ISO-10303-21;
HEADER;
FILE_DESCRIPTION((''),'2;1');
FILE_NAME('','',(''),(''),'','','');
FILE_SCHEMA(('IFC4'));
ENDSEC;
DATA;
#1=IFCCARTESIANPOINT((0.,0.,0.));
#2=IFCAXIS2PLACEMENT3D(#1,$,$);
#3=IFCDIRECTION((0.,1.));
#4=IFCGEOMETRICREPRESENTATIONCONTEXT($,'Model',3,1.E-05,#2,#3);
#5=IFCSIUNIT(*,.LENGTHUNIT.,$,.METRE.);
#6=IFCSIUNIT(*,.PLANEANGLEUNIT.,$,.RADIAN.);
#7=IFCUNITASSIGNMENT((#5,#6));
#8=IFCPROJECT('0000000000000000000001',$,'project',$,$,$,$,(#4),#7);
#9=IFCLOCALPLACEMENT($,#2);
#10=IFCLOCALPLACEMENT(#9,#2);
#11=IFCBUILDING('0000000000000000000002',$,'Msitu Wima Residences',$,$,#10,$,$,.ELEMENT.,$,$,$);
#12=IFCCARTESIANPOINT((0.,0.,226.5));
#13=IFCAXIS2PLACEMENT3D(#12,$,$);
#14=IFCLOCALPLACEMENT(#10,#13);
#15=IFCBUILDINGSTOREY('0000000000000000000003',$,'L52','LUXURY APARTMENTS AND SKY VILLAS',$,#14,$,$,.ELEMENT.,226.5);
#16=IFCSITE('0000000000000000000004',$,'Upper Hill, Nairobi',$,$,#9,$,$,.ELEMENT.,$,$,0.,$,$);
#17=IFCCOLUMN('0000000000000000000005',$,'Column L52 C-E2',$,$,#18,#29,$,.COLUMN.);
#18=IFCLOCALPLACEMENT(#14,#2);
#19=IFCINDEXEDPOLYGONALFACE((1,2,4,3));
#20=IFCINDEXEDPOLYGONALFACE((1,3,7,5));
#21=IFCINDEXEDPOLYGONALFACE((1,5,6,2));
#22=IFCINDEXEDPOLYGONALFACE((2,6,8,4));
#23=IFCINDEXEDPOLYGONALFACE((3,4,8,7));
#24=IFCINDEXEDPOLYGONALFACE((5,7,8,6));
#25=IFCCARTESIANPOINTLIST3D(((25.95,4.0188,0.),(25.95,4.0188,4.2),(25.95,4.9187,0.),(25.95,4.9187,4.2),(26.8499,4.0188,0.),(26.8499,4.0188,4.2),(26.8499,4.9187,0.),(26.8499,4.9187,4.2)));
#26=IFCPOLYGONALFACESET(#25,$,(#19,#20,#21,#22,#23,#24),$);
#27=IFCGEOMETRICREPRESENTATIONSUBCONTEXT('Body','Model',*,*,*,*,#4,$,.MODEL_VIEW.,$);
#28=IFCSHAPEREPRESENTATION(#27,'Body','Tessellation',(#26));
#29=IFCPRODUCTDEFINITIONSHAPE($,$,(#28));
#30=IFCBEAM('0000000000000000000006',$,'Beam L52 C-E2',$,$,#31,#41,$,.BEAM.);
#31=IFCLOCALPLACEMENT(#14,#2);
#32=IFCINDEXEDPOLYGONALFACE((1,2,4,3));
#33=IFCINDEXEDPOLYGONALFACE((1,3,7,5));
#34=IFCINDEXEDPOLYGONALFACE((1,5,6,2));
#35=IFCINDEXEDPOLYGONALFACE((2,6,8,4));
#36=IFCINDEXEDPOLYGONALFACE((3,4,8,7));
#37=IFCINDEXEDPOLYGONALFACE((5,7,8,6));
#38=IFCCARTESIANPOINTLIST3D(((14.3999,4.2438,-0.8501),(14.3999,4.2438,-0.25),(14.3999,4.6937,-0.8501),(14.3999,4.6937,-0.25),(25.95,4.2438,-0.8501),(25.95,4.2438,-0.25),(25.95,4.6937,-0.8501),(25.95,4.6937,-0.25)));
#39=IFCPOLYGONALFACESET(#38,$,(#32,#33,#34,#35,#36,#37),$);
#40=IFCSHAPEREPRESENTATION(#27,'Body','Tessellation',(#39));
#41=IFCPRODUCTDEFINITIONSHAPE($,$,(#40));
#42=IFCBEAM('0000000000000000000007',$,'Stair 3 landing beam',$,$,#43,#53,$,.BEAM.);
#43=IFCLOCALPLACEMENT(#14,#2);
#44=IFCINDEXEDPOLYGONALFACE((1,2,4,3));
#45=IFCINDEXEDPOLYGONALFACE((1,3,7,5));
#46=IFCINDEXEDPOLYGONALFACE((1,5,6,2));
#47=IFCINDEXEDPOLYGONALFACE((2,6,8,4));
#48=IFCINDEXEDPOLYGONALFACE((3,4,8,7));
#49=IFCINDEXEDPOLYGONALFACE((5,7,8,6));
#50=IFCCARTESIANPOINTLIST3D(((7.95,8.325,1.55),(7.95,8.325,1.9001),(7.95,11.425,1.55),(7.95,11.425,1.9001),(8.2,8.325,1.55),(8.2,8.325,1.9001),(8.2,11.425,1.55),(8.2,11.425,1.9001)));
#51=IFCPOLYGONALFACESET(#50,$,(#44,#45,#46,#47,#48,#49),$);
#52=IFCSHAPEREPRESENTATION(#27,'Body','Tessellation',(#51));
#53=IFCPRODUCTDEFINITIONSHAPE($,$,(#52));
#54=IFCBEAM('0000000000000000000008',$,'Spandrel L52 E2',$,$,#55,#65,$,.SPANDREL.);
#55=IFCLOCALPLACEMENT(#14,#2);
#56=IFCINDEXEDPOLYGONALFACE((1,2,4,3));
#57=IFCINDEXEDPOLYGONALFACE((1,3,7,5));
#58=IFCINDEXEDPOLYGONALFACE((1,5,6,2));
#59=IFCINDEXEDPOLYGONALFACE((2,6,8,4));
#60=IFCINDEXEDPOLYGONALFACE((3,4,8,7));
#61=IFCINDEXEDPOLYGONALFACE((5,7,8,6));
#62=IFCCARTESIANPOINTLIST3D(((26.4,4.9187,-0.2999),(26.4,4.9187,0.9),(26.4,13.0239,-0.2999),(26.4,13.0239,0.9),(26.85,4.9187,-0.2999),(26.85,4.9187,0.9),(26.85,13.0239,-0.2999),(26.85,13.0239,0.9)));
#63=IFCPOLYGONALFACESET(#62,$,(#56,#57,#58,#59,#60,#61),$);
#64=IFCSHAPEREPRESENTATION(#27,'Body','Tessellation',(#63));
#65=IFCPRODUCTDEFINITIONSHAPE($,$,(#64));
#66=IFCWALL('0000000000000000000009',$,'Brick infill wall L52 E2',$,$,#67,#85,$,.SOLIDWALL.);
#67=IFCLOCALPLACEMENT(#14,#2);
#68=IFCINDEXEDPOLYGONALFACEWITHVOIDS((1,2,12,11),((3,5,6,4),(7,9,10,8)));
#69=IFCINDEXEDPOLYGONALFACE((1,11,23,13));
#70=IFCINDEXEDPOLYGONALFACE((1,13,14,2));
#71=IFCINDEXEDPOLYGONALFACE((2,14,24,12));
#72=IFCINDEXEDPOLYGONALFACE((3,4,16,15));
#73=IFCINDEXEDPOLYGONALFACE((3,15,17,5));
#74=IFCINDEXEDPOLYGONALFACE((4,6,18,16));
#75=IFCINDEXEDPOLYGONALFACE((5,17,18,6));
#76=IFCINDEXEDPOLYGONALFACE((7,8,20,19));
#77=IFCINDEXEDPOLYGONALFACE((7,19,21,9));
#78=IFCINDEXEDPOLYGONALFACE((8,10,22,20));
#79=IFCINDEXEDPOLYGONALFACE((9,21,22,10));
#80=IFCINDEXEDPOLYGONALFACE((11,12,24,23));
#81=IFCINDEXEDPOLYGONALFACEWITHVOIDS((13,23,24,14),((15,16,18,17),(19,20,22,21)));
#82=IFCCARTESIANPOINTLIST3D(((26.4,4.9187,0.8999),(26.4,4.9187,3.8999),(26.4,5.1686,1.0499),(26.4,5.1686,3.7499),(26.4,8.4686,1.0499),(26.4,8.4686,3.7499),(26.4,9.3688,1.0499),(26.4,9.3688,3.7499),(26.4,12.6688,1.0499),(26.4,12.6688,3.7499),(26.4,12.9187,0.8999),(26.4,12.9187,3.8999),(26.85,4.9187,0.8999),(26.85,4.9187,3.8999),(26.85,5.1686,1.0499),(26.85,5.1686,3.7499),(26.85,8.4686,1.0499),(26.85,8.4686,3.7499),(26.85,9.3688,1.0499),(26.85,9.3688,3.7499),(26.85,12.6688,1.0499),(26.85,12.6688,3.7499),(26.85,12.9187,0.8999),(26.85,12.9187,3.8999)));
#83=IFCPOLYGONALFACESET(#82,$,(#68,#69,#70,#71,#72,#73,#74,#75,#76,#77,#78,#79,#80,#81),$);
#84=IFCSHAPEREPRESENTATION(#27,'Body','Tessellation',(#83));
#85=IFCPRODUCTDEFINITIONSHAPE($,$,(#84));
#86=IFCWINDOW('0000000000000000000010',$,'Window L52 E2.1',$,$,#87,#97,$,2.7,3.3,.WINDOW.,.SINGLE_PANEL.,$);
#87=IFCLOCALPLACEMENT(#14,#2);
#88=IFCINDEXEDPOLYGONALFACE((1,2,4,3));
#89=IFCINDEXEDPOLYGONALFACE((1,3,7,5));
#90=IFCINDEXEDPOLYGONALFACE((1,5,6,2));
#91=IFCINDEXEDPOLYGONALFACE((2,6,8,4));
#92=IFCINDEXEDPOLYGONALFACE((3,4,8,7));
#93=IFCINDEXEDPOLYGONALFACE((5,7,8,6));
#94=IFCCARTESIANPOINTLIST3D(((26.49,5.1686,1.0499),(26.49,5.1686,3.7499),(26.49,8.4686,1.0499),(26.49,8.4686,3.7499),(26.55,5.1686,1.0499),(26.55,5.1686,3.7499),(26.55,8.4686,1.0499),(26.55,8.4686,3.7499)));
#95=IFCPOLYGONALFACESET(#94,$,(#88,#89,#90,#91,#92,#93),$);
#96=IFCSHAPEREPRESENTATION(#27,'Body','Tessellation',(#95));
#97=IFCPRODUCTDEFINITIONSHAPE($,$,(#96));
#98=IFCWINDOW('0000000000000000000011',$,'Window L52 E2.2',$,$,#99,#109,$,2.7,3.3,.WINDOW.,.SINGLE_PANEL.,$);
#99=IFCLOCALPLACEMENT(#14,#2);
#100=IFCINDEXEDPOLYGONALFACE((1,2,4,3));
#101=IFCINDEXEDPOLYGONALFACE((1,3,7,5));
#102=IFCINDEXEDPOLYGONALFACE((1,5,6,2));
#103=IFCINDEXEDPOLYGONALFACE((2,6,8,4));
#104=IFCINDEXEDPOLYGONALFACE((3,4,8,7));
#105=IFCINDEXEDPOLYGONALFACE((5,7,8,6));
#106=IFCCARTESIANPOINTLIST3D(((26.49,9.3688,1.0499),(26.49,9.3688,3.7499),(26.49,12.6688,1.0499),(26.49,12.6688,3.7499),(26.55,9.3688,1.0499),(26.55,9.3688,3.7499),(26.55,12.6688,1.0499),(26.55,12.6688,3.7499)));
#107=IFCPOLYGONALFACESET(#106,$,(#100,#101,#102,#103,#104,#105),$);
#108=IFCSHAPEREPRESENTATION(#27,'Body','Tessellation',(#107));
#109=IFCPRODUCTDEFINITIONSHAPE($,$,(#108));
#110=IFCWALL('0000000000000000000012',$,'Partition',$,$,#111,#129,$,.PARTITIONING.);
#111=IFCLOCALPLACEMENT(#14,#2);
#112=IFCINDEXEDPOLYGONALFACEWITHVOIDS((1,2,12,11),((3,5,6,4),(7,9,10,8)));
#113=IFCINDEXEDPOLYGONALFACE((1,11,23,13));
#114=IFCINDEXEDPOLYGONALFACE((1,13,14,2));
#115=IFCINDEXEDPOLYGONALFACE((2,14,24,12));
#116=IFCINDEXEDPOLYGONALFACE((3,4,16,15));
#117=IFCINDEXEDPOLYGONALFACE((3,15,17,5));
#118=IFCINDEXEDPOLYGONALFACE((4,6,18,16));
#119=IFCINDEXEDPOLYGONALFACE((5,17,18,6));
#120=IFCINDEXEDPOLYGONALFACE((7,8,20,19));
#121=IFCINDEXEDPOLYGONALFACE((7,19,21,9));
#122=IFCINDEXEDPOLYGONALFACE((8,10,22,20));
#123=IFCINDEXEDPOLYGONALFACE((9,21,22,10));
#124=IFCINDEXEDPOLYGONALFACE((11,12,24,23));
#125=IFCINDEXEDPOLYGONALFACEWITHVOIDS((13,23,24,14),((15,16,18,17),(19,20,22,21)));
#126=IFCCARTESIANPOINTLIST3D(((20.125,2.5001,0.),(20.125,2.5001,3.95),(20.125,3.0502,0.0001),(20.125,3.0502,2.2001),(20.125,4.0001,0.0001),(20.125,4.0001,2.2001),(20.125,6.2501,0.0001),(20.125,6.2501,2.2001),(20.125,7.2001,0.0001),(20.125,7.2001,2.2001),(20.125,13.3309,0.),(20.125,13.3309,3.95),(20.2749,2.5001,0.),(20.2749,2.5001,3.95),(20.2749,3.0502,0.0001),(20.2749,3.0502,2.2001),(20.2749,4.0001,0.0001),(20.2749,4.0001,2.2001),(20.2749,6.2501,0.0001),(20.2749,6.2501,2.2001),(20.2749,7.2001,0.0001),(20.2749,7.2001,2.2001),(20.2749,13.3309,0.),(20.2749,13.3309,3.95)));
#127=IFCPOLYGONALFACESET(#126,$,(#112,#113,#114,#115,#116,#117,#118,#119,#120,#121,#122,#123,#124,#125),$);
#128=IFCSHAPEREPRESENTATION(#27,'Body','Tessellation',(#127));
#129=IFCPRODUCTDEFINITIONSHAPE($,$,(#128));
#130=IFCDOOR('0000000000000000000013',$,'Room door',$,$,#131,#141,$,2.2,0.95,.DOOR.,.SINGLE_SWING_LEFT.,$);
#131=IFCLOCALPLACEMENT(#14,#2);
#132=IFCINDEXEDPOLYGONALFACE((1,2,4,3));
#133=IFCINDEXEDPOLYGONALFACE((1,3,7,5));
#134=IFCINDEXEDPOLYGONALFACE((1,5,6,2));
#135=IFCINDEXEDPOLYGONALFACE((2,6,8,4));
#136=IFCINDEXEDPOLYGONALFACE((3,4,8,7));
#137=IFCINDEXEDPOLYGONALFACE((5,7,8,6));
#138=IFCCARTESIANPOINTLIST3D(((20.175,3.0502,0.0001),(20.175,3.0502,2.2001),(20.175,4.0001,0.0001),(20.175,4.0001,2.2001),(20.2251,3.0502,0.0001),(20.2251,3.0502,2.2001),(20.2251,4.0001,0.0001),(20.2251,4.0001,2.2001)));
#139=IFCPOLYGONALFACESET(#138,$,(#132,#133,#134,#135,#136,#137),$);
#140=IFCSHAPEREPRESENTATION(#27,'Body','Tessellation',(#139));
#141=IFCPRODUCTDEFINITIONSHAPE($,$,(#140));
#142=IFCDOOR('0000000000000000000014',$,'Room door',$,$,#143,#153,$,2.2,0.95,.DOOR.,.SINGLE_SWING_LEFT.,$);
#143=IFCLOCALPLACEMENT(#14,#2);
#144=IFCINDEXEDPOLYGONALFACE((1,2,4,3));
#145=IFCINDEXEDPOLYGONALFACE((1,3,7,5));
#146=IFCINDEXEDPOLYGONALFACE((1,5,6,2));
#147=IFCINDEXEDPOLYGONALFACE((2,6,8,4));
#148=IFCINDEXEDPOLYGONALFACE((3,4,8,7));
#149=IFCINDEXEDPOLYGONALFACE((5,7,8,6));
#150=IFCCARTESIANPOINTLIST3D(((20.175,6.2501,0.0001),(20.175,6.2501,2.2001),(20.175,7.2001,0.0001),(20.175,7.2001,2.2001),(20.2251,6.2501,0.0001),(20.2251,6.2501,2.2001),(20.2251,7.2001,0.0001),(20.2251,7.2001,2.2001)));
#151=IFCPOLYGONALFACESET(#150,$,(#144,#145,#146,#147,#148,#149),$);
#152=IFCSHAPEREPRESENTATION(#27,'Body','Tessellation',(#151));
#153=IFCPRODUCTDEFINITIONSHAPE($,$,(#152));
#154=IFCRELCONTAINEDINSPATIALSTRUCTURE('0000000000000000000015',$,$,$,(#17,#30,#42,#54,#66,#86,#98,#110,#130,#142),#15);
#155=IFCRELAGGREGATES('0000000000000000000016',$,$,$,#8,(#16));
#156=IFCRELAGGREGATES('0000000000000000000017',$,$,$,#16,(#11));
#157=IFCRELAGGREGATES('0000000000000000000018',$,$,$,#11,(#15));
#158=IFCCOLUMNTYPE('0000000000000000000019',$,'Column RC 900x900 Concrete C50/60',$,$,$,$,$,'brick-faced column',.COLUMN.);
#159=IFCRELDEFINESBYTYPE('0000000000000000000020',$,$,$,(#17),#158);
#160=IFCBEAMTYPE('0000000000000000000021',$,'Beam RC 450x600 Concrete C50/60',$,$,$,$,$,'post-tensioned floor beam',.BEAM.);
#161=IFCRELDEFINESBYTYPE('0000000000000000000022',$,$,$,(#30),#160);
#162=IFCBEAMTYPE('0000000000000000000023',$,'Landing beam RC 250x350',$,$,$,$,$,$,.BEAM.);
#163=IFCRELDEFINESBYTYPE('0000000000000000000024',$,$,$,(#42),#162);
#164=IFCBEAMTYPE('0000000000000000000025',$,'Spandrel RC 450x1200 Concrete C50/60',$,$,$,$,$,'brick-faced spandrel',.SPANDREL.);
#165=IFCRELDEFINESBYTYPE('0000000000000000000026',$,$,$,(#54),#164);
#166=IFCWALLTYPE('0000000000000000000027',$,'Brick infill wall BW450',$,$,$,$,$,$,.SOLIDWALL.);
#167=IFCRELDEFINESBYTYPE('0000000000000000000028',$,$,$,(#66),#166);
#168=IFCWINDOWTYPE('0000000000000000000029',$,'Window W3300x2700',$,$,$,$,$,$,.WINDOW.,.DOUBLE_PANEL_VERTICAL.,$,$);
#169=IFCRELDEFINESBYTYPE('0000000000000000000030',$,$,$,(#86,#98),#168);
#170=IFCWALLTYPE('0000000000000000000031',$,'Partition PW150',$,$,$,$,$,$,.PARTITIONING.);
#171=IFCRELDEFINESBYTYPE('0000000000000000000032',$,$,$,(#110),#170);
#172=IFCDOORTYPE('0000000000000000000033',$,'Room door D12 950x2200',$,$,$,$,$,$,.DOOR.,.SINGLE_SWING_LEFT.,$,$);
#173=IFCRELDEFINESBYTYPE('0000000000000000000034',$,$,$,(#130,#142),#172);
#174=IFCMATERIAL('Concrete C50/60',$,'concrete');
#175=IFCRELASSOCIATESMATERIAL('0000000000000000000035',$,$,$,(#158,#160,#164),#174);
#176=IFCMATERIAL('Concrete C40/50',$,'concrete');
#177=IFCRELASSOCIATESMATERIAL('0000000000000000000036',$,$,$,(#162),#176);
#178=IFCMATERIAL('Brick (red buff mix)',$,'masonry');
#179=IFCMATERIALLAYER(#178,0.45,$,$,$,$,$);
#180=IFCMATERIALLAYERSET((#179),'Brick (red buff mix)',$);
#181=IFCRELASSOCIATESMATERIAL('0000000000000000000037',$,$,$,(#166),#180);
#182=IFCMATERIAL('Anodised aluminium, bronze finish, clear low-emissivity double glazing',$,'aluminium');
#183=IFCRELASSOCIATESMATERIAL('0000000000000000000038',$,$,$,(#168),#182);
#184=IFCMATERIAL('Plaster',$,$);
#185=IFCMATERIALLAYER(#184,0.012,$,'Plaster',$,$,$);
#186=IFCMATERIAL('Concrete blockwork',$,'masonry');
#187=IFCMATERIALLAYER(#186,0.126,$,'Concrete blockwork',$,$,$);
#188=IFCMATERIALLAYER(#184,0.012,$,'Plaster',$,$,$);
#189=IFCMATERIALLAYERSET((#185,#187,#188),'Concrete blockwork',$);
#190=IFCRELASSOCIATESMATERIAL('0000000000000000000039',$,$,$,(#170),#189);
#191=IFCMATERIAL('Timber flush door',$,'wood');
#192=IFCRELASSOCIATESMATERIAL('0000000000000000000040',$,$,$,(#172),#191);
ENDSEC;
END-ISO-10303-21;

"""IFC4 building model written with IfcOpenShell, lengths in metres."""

from ifc_helpers import new_model, si_unit, direction, frame, frame_2d, origin, origin_2d, place, context, subcontext, project, spatial, rectangle, extrude, material, layer, layer_set, material_profile, profile_set, type_object, element, fill, save


model = new_model("IFC4")

# Units and contexts
model_context = context("Model", 3, precision=1e-05, world=origin(), true_north=direction((0.0, 1.0)))
body_context = subcontext(model_context, "Body", "Model", "MODEL_VIEW")
ifc_project = project(units=[si_unit("LENGTHUNIT", "METRE"), si_unit("PLANEANGLEUNIT", "RADIAN")], contexts=[model_context])

# Site, building, storey
site_placement = place(None, origin())
site = spatial("IfcSite", under=ifc_project, at=site_placement, Name="Upper Hill, Nairobi", CompositionType="ELEMENT", RefElevation=0.0)
building_placement = place(site_placement, origin())
building = spatial("IfcBuilding", under=site, at=building_placement, Name="Msitu Wima Residences", CompositionType="ELEMENT")
storey_placement = place(building_placement, frame((0.0, 0.0, 226.5)))
storey = spatial("IfcBuildingStorey", under=building, at=storey_placement, Name="L52", Description="LUXURY APARTMENTS AND SKY VILLAS", CompositionType="ELEMENT", Elevation=226.5)

# Column
ifc_material_1 = material(Name="Concrete C50/60", Category="concrete")
ifc_material_profile_1 = material_profile(ifc_material_1, rectangle(XDim=0.8999, YDim=0.8999, at=origin_2d()), Name="RC 900x900")
ifc_profile_set_1 = profile_set([ifc_material_profile_1], Name="Concrete C50/60")
column_type = type_object("IfcColumnType", Name="Column RC 900x900 Concrete C50/60", ElementType="brick-faced column", PredefinedType="COLUMN", material=ifc_profile_set_1)
column_placement = place(storey_placement, frame((26.3999, 4.4688, 0.0), z_axis=(0.0, 0.0, 1.0), x_axis=(0.0, 1.0, 0.0)))
element("IfcColumn", 1, at=column_placement, inside=storey, type_object=column_type, Name="Column L52 C-E2", PredefinedType="COLUMN", context=body_context, shape_type="SweptSolid", body=[
    extrude(rectangle(XDim=0.8999, YDim=0.8999, at=origin_2d()), origin(), (0.0, 0.0, 1.0), 4.2),
])

# Beams
ifc_material_profile_2 = material_profile(ifc_material_1, rectangle(XDim=0.45, YDim=0.6001, at=origin_2d()), Name="RC 450x600")
ifc_profile_set_2 = profile_set([ifc_material_profile_2], Name="Concrete C50/60")
beam_type_1 = type_object("IfcBeamType", Name="Beam RC 450x600 Concrete C50/60", ElementType="post-tensioned floor beam", PredefinedType="BEAM", material=ifc_profile_set_2)
beam_1_placement = place(storey_placement, frame((25.95, 4.4688, -0.55), z_axis=(-1.0, 0.0, 0.0), x_axis=(0.0, -1.0, 0.0)))
element("IfcBeam", 2, at=beam_1_placement, inside=storey, type_object=beam_type_1, Name="Beam L52 C-E2", PredefinedType="BEAM", context=body_context, shape_type="SweptSolid", body=[
    extrude(rectangle(XDim=0.45, YDim=0.6001, at=origin_2d()), origin(), (0.0, 0.0, 1.0), 11.55),
])
ifc_material_2 = material(Name="Concrete C40/50", Category="concrete")
ifc_material_profile_3 = material_profile(ifc_material_2, rectangle(XDim=0.25, YDim=0.3501, at=origin_2d()), Name="RC 250x350")
ifc_profile_set_3 = profile_set([ifc_material_profile_3], Name="Concrete C40/50")
beam_type_2 = type_object("IfcBeamType", Name="Landing beam RC 250x350", PredefinedType="BEAM", material=ifc_profile_set_3)
beam_2_placement = place(storey_placement, frame((8.075, 8.325, 1.7251), z_axis=(0.0, 1.0, 0.0), x_axis=(-1.0, 0.0, 0.0)))
element("IfcBeam", 3, at=beam_2_placement, inside=storey, type_object=beam_type_2, Name="Stair 3 landing beam", PredefinedType="BEAM", context=body_context, shape_type="SweptSolid", body=[
    extrude(rectangle(XDim=0.25, YDim=0.3501, at=origin_2d()), origin(), (0.0, 0.0, 1.0), 3.1001),
])
ifc_material_profile_4 = material_profile(ifc_material_1, rectangle(XDim=0.45, YDim=1.2, at=origin_2d()), Name="RC 450x1200")
ifc_profile_set_4 = profile_set([ifc_material_profile_4], Name="Concrete C50/60")
beam_type_3 = type_object("IfcBeamType", Name="Spandrel RC 450x1200 Concrete C50/60", ElementType="brick-faced spandrel", PredefinedType="SPANDREL", material=ifc_profile_set_4)
beam_3_placement = place(storey_placement, frame((26.625, 4.9187, 0.3), z_axis=(0.0, 1.0, 0.0), x_axis=(-1.0, 0.0, 0.0)))
element("IfcBeam", 4, at=beam_3_placement, inside=storey, type_object=beam_type_3, Name="Spandrel L52 E2", PredefinedType="SPANDREL", context=body_context, shape_type="SweptSolid", body=[
    extrude(rectangle(XDim=0.45, YDim=1.2, at=origin_2d()), origin(), (0.0, 0.0, 1.0), 8.1052),
])

# Wall, openings, windows
ifc_material_3 = material(Name="Brick (red buff mix)", Category="masonry")
ifc_layer_1 = layer(ifc_material_3, 0.45)
ifc_layer_set_1 = layer_set([ifc_layer_1], Name="Brick (red buff mix)")
wall_type_1 = type_object("IfcWallType", Name="Brick infill wall BW450", PredefinedType="SOLIDWALL", material=ifc_layer_set_1)
wall_1_placement = place(storey_placement, frame((26.625, 4.9187, 0.8999), z_axis=(0.0, 0.0, 1.0), x_axis=(0.0, 1.0, 0.0)))
wall_1 = element("IfcWall", 5, at=wall_1_placement, inside=storey, type_object=wall_type_1, Name="Brick infill wall L52 E2", PredefinedType="SOLIDWALL", context=body_context, shape_type="SweptSolid", body=[
    extrude(rectangle(XDim=8.0, YDim=0.45, at=frame_2d((4.0, 0.0))), origin(), (0.0, 0.0, 1.0), 3.0),
])
opening_1_placement = place(wall_1_placement, frame((0.25, 0.0, 0.1499)))
opening_1 = element("IfcOpeningElement", 6, at=opening_1_placement, cuts=wall_1, PredefinedType="OPENING", context=body_context, shape_type="SweptSolid", body=[
    extrude(rectangle(XDim=3.3, YDim=2.7, at=frame_2d((1.6499, 1.3501))), frame((0.0, 0.2349, 0.0), z_axis=(0.0, -1.0, 0.0), x_axis=(1.0, 0.0, 0.0)), (0.0, 0.0, 1.0), 0.47),
])
opening_2_placement = place(wall_1_placement, frame((4.4502, 0.0, 0.1499)))
opening_2 = element("IfcOpeningElement", 7, at=opening_2_placement, cuts=wall_1, PredefinedType="OPENING", context=body_context, shape_type="SweptSolid", body=[
    extrude(rectangle(XDim=3.3, YDim=2.7, at=frame_2d((1.6499, 1.3501))), frame((0.0, 0.2349, 0.0), z_axis=(0.0, -1.0, 0.0), x_axis=(1.0, 0.0, 0.0)), (0.0, 0.0, 1.0), 0.47),
])
ifc_material_4 = material(Name="Anodised aluminium, bronze finish, clear low-emissivity double glazing", Category="aluminium")
window_type = type_object("IfcWindowType", Name="Window W3300x2700", PartitioningType="DOUBLE_PANEL_VERTICAL", PredefinedType="WINDOW", material=ifc_material_4)
window_1_placement = place(opening_1_placement, origin())
window_1 = element("IfcWindow", 8, at=window_1_placement, inside=storey, type_object=window_type, Name="Window L52 E2.1", OverallHeight=2.7, OverallWidth=3.3, PartitioningType="SINGLE_PANEL", PredefinedType="WINDOW", context=body_context, shape_type="SweptSolid", body=[
    extrude(rectangle(XDim=3.3, YDim=2.7, at=frame_2d((1.6499, 1.3501))), frame((0.0, 0.135, 0.0), z_axis=(0.0, -1.0, 0.0), x_axis=(1.0, 0.0, 0.0)), (0.0, 0.0, 1.0), 0.0601),
])
fill(opening_1, window_1)
window_2_placement = place(opening_2_placement, origin())
window_2 = element("IfcWindow", 9, at=window_2_placement, inside=storey, type_object=window_type, Name="Window L52 E2.2", OverallHeight=2.7, OverallWidth=3.3, PartitioningType="SINGLE_PANEL", PredefinedType="WINDOW", context=body_context, shape_type="SweptSolid", body=[
    extrude(rectangle(XDim=3.3, YDim=2.7, at=frame_2d((1.6499, 1.3501))), frame((0.0, 0.135, 0.0), z_axis=(0.0, -1.0, 0.0), x_axis=(1.0, 0.0, 0.0)), (0.0, 0.0, 1.0), 0.0601),
])
fill(opening_2, window_2)

# Wall, openings, doors
ifc_material_5 = material(Name="Plaster")
ifc_layer_2 = layer(ifc_material_5, 0.012, Name="Plaster")
ifc_material_6 = material(Name="Concrete blockwork", Category="masonry")
ifc_layer_3 = layer(ifc_material_6, 0.126, Name="Concrete blockwork")
ifc_layer_4 = layer(ifc_material_5, 0.012, Name="Plaster")
ifc_layer_set_2 = layer_set([ifc_layer_2, ifc_layer_3, ifc_layer_4], Name="Concrete blockwork")
wall_type_2 = type_object("IfcWallType", Name="Partition PW150", PredefinedType="PARTITIONING", material=ifc_layer_set_2)
wall_2_placement = place(storey_placement, frame((20.2, 2.5, 0.0), z_axis=(0.0, 0.0, 1.0), x_axis=(0.0, 1.0, 0.0)))
wall_2 = element("IfcWall", 10, at=wall_2_placement, inside=storey, type_object=wall_type_2, Name="Partition", PredefinedType="PARTITIONING", context=body_context, shape_type="SweptSolid", body=[
    extrude(rectangle(XDim=10.8308, YDim=0.1499, at=frame_2d((5.4155, 0.0))), origin(), (0.0, 0.0, 1.0), 3.95),
])
opening_3_placement = place(wall_2_placement, frame((0.55, 0.0, 0.0)))
opening_3 = element("IfcOpeningElement", 11, at=opening_3_placement, cuts=wall_2, PredefinedType="OPENING", context=body_context, shape_type="SweptSolid", body=[
    extrude(rectangle(XDim=0.95, YDim=2.2, at=frame_2d((0.4751, 1.1001))), frame((0.0, 0.085, 0.0), z_axis=(0.0, -1.0, 0.0), x_axis=(1.0, 0.0, 0.0)), (0.0, 0.0, 1.0), 0.1699),
])
opening_4_placement = place(wall_2_placement, frame((3.75, 0.0, 0.0)))
opening_4 = element("IfcOpeningElement", 12, at=opening_4_placement, cuts=wall_2, PredefinedType="OPENING", context=body_context, shape_type="SweptSolid", body=[
    extrude(rectangle(XDim=0.95, YDim=2.2, at=frame_2d((0.4751, 1.1001))), frame((0.0, 0.085, 0.0), z_axis=(0.0, -1.0, 0.0), x_axis=(1.0, 0.0, 0.0)), (0.0, 0.0, 1.0), 0.1699),
])
ifc_material_7 = material(Name="Timber flush door", Category="wood")
door_type_1 = type_object("IfcDoorType", Name="Room door D12 950x2200", OperationType="SINGLE_SWING_LEFT", PredefinedType="DOOR", material=ifc_material_7)
door_1_placement = place(opening_3_placement, origin())
door_1 = element("IfcDoor", 13, at=door_1_placement, inside=storey, type_object=door_type_1, Name="Room door", OperationType="SINGLE_SWING_LEFT", OverallHeight=2.2, OverallWidth=0.95, PredefinedType="DOOR", context=body_context, shape_type="SweptSolid", body=[
    extrude(rectangle(XDim=0.95, YDim=2.2, at=frame_2d((0.4751, 1.1001))), frame((0.0, 0.0249, 0.0), z_axis=(0.0, -1.0, 0.0), x_axis=(1.0, 0.0, 0.0)), (0.0, 0.0, 1.0), 0.05),
])
fill(opening_3, door_1)
door_2_placement = place(opening_4_placement, origin())
door_2 = element("IfcDoor", 14, at=door_2_placement, inside=storey, type_object=door_type_1, Name="Room door", OperationType="SINGLE_SWING_LEFT", OverallHeight=2.2, OverallWidth=0.95, PredefinedType="DOOR", context=body_context, shape_type="SweptSolid", body=[
    extrude(rectangle(XDim=0.95, YDim=2.2, at=frame_2d((0.4751, 1.1001))), frame((0.0, 0.0249, 0.0), z_axis=(0.0, -1.0, 0.0), x_axis=(1.0, 0.0, 0.0)), (0.0, 0.0, 1.0), 0.05),
])
fill(opening_4, door_2)

save(model, "model.ifc")
